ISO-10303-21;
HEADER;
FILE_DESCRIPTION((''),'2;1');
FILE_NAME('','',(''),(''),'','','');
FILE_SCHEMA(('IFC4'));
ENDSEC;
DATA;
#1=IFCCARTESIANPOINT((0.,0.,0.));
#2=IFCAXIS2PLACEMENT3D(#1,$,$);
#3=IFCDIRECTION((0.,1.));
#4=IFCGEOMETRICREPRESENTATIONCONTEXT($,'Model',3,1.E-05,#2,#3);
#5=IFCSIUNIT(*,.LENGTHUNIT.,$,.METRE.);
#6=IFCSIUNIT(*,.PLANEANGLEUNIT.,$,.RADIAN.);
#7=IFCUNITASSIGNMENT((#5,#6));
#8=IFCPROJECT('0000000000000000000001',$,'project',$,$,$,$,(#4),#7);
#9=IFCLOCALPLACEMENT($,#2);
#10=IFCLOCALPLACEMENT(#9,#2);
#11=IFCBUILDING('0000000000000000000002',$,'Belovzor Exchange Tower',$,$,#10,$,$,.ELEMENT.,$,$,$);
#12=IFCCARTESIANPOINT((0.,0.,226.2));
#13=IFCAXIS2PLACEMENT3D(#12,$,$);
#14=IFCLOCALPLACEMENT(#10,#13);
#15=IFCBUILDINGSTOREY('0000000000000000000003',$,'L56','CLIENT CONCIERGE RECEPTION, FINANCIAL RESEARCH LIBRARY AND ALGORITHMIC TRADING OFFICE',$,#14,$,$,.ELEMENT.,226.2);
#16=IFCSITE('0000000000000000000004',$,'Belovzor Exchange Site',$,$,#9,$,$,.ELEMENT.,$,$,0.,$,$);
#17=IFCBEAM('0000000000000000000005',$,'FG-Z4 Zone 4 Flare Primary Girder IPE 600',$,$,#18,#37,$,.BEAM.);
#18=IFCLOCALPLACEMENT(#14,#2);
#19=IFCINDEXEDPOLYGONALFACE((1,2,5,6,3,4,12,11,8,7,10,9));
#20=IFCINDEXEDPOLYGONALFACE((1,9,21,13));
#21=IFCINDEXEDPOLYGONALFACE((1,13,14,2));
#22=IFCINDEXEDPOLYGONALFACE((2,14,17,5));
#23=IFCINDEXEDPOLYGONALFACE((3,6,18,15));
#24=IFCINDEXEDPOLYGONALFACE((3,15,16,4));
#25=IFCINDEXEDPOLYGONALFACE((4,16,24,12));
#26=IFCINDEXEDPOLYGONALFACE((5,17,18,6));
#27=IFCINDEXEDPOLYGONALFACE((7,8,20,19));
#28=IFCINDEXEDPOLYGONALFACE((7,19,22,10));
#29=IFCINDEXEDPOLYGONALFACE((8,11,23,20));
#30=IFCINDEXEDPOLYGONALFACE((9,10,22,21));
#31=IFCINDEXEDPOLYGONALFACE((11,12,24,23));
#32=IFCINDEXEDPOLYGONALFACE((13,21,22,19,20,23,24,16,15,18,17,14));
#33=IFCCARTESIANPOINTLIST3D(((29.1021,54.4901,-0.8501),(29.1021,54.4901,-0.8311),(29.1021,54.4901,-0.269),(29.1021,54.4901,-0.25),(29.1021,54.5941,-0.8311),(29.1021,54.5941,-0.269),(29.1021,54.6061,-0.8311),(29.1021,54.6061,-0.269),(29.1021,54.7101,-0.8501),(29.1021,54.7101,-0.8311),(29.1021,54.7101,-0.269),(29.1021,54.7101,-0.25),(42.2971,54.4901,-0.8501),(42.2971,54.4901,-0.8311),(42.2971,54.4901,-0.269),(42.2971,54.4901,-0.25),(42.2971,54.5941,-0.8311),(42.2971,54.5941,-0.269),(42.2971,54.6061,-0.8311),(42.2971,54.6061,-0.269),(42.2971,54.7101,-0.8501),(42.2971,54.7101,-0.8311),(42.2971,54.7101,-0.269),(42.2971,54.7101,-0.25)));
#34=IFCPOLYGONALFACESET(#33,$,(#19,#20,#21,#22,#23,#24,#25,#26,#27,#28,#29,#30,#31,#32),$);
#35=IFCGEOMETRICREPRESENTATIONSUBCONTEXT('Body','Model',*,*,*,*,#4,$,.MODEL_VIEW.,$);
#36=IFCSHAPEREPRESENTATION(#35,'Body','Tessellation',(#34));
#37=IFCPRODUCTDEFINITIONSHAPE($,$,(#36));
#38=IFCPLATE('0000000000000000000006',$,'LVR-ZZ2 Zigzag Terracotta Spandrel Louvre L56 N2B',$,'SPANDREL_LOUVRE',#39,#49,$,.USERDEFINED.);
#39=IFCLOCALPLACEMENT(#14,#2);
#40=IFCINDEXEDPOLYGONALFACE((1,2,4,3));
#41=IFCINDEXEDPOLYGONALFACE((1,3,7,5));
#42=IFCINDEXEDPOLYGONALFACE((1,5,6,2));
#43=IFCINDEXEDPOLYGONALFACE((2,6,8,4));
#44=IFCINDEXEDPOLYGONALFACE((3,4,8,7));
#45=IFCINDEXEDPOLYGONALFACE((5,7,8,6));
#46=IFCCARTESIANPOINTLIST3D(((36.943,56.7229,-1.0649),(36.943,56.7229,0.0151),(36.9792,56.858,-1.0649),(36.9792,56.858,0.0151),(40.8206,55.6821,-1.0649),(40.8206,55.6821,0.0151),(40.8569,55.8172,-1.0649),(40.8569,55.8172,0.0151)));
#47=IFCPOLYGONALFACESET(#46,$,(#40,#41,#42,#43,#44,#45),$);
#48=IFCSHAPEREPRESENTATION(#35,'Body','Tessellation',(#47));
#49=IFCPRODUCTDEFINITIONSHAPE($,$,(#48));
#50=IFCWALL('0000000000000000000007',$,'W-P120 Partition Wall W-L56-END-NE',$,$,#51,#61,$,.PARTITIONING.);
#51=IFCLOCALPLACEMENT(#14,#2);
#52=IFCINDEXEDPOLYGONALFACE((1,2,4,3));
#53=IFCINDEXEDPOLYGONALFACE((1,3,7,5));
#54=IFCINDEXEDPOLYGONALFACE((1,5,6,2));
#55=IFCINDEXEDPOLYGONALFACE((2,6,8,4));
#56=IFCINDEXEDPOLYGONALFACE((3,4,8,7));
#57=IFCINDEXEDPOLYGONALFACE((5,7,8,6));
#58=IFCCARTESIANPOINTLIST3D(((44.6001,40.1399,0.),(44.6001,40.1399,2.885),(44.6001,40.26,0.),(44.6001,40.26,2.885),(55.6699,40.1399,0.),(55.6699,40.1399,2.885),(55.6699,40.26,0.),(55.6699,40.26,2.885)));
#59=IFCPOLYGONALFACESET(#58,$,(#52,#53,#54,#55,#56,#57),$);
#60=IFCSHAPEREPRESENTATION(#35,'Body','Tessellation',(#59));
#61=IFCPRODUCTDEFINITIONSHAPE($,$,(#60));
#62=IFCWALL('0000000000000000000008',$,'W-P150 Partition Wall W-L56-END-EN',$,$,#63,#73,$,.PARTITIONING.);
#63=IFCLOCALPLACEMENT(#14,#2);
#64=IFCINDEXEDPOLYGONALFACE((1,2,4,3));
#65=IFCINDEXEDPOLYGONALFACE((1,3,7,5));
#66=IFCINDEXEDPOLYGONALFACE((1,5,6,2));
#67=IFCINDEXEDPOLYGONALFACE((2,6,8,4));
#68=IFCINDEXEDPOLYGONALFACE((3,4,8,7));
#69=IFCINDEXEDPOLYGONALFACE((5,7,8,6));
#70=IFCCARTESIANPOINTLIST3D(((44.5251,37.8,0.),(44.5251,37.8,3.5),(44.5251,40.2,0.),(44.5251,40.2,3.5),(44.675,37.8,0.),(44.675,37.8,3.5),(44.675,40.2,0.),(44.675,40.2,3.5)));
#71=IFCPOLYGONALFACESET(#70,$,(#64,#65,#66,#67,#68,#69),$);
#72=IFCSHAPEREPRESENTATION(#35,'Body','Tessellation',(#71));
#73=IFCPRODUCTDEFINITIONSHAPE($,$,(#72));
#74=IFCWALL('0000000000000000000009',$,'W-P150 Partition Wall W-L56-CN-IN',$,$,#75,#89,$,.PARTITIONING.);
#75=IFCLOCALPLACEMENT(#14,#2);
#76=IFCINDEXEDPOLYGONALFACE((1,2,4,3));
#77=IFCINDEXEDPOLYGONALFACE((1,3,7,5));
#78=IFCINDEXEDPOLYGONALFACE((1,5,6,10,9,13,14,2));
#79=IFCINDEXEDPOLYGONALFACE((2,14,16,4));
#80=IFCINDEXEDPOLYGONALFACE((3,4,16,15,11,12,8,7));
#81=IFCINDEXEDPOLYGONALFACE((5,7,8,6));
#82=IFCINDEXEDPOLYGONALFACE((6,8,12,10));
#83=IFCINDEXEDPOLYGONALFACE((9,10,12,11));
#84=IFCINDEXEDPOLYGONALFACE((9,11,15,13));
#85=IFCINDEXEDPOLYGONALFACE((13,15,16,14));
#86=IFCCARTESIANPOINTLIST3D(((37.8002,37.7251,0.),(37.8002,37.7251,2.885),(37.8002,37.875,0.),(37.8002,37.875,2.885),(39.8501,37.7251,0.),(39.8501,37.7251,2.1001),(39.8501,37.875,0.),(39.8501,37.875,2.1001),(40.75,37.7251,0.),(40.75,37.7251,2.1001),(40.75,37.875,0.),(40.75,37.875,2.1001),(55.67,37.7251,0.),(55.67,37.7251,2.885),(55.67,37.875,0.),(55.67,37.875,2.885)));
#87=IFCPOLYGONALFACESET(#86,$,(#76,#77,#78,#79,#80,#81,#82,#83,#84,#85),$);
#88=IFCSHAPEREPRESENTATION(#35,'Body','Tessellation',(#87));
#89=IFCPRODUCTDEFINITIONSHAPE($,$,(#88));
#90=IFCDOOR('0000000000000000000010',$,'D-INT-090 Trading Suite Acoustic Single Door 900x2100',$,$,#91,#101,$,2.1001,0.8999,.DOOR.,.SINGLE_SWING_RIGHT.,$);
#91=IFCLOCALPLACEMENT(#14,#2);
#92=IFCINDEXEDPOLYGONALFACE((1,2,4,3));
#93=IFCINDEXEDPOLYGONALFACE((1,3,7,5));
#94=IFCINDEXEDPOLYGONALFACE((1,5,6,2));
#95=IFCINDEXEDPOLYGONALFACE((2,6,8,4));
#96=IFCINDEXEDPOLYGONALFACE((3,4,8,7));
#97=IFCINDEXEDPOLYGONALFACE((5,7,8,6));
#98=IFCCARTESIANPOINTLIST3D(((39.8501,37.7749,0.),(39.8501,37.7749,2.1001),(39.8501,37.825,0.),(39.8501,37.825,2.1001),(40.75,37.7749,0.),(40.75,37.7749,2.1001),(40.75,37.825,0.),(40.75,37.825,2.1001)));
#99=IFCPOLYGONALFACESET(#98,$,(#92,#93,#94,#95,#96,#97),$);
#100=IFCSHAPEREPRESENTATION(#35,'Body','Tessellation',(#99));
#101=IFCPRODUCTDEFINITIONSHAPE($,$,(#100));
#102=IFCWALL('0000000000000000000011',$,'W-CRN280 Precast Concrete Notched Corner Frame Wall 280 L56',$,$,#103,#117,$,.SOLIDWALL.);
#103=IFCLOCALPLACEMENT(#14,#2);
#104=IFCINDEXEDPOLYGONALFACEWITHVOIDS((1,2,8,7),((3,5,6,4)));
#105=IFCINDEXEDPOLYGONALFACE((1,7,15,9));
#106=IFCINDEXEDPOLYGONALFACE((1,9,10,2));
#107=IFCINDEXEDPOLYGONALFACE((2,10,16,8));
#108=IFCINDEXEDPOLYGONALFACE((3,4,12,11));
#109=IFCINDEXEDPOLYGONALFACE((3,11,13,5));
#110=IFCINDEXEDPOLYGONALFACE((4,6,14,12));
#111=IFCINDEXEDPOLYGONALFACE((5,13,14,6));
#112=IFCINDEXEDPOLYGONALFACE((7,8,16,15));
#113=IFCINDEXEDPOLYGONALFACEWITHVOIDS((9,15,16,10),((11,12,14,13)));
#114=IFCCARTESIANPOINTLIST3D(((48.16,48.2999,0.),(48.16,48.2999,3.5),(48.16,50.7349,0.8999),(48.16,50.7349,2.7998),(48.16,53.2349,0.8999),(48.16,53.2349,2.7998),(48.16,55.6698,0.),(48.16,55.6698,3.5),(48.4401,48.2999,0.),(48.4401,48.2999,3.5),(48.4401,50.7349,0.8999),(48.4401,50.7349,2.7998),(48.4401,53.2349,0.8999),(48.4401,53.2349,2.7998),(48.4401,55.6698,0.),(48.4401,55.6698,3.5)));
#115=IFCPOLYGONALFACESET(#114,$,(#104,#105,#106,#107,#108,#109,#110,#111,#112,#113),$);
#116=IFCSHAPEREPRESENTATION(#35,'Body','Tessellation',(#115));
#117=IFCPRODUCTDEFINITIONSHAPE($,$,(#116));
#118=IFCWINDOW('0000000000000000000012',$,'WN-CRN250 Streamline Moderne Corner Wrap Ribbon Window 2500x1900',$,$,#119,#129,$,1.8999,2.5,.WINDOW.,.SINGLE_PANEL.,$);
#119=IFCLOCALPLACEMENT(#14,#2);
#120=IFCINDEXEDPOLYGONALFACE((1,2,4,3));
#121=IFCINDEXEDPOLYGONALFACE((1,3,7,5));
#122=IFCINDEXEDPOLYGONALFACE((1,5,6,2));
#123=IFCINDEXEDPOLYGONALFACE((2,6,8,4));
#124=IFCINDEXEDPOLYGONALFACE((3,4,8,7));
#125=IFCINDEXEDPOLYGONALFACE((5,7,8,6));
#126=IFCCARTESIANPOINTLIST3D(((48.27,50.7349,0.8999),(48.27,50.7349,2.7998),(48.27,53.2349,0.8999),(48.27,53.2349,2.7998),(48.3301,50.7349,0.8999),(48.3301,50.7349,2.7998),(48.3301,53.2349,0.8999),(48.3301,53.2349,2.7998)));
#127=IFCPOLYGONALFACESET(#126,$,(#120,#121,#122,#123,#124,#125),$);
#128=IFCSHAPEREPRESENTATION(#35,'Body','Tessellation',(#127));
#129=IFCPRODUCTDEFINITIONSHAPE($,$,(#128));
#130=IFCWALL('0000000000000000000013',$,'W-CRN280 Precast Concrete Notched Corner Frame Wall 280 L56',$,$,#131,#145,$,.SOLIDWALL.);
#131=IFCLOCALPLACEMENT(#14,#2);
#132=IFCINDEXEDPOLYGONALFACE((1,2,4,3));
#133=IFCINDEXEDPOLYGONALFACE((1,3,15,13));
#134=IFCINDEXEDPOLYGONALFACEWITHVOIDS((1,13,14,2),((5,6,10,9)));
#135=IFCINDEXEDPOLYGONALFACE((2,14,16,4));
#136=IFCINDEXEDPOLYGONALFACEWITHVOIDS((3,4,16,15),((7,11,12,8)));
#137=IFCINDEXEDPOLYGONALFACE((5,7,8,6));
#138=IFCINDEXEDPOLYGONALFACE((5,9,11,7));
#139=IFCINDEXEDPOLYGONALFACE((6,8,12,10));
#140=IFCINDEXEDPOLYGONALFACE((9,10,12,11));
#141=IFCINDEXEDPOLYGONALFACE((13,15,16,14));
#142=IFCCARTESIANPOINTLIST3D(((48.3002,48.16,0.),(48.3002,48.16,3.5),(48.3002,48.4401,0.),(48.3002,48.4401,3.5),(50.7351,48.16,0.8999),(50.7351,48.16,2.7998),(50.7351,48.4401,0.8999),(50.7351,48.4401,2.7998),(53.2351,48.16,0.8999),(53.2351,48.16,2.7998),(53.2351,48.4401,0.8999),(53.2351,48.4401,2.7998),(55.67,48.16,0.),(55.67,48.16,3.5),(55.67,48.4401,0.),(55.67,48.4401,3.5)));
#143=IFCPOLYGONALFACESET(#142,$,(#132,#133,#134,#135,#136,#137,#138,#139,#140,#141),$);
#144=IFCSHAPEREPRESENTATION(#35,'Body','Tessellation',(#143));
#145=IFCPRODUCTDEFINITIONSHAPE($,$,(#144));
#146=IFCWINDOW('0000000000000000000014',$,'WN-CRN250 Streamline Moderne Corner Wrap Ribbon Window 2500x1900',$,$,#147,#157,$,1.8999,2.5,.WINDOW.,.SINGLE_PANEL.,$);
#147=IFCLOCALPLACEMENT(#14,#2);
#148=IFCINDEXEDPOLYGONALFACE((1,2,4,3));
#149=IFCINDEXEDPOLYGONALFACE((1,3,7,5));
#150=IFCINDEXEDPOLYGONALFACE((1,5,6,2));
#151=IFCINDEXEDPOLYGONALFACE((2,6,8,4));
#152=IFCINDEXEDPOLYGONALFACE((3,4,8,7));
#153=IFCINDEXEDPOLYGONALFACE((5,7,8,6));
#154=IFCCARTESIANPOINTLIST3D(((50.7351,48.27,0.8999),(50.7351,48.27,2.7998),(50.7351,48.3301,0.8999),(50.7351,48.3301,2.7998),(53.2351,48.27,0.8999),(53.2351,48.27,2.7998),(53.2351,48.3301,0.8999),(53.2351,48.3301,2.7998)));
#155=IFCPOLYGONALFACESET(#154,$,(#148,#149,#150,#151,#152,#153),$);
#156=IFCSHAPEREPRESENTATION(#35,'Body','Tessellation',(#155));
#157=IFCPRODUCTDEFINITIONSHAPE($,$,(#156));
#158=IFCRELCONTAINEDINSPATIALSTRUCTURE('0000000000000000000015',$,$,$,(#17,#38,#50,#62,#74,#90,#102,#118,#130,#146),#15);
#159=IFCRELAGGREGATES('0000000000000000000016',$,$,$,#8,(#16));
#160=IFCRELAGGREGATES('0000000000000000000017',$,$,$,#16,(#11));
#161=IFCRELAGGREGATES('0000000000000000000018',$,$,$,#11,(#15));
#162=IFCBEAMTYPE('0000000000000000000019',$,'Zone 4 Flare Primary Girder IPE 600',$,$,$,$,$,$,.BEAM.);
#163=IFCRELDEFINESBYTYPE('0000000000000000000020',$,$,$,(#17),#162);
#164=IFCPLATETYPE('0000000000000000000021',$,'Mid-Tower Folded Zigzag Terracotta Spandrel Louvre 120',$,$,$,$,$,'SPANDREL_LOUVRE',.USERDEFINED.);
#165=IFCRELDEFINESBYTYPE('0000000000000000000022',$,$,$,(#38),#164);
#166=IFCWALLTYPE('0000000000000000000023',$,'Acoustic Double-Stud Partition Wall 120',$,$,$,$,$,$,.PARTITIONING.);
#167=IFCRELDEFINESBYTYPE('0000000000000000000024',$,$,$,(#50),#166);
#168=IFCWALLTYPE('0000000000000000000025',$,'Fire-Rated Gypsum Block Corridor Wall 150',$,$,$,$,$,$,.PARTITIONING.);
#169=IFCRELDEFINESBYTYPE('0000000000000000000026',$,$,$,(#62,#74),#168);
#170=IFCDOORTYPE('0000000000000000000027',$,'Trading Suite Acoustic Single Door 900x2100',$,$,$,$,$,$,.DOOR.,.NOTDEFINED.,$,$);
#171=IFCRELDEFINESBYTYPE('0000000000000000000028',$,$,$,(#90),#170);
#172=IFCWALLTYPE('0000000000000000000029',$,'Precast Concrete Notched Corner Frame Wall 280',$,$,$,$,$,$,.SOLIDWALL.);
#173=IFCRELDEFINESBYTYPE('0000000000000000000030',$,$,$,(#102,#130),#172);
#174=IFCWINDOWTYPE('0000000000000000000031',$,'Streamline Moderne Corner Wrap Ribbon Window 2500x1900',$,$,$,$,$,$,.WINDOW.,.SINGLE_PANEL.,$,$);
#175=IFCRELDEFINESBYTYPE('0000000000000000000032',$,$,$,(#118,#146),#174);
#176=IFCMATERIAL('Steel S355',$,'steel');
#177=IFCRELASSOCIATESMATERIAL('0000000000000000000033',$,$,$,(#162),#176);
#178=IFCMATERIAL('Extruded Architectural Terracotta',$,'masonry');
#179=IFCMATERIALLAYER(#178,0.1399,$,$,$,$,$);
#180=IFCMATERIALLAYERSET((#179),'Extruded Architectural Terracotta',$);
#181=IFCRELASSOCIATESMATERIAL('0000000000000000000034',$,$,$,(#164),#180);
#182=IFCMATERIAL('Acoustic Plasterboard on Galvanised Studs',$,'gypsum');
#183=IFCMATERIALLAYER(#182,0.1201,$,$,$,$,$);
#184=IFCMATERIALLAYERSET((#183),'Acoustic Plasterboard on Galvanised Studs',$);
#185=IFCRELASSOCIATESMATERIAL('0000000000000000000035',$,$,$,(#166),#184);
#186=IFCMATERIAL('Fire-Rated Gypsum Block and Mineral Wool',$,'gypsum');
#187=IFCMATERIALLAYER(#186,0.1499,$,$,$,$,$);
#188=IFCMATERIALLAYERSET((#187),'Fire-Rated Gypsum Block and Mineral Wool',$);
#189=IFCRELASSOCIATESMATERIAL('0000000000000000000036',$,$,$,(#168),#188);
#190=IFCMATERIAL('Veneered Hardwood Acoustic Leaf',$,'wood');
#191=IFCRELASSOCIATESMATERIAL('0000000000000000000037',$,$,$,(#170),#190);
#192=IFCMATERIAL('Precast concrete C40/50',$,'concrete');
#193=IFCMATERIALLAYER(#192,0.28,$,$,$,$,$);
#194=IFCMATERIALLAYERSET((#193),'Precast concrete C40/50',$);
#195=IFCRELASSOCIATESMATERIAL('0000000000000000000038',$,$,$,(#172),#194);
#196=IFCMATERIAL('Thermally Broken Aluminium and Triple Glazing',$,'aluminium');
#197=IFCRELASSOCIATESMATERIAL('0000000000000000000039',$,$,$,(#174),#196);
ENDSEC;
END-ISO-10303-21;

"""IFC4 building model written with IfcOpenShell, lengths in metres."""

from ifc_helpers import new_model, si_unit, direction, frame, frame_2d, origin, origin_2d, place, context, subcontext, project, spatial, rectangle, i_section, extrude, material, layer, layer_set, material_profile, profile_set, type_object, element, fill, save


model = new_model("IFC4")

# Units and contexts
model_context = context("Model", 3, precision=1e-05, world=origin(), true_north=direction((0.0, 1.0)))
body_context = subcontext(model_context, "Body", "Model", "MODEL_VIEW")
ifc_project = project(units=[si_unit("LENGTHUNIT", "METRE"), si_unit("PLANEANGLEUNIT", "RADIAN")], contexts=[model_context])

# Site, building, storey
site_placement = place(None, origin())
site = spatial("IfcSite", under=ifc_project, at=site_placement, Name="Belovzor Exchange Site", CompositionType="ELEMENT", RefElevation=0.0)
building_placement = place(site_placement, origin())
building = spatial("IfcBuilding", under=site, at=building_placement, Name="Belovzor Exchange Tower", CompositionType="ELEMENT")
storey_placement = place(building_placement, frame((0.0, 0.0, 226.2)))
storey = spatial("IfcBuildingStorey", under=building, at=storey_placement, Name="L56", Description="CLIENT CONCIERGE RECEPTION, FINANCIAL RESEARCH LIBRARY AND ALGORITHMIC TRADING OFFICE", CompositionType="ELEMENT", Elevation=226.2)

# Beam
ifc_material_1 = material(Name="Steel S355", Category="steel")
ifc_material_profile_1 = material_profile(ifc_material_1, i_section(OverallWidth=0.22, OverallDepth=0.6001, WebThickness=0.012, FlangeThickness=0.019, at=origin_2d()))
ifc_profile_set_1 = profile_set([ifc_material_profile_1], Name="Steel S355")
beam_type_1 = type_object("IfcBeamType", Name="Zone 4 Flare Primary Girder IPE 600", PredefinedType="BEAM", material=ifc_profile_set_1)
beam_1_placement = place(storey_placement, frame((42.2971, 54.6001, -0.55), z_axis=(-1.0, 0.0, 0.0), x_axis=(0.0, -1.0, 0.0)))
element("IfcBeam", 1, at=beam_1_placement, inside=storey, type_object=beam_type_1, Name="FG-Z4 Zone 4 Flare Primary Girder IPE 600", PredefinedType="BEAM", context=body_context, shape_type="SweptSolid", body=[
    extrude(i_section(OverallWidth=0.22, OverallDepth=0.6001, WebThickness=0.012, FlangeThickness=0.019, at=origin_2d()), origin(), (0.0, 0.0, 1.0), 13.1951),
])

# Plate
ifc_material_2 = material(Name="Extruded Architectural Terracotta", Category="masonry")
ifc_layer_1 = layer(ifc_material_2, 0.1399)
ifc_layer_set_1 = layer_set([ifc_layer_1], Name="Extruded Architectural Terracotta")
plate_type = type_object("IfcPlateType", Name="Mid-Tower Folded Zigzag Terracotta Spandrel Louvre 120", ElementType="SPANDREL_LOUVRE", PredefinedType="USERDEFINED", material=ifc_layer_set_1)
plate_placement = place(storey_placement, frame((38.8999, 56.27, -1.0649), z_axis=(0.0, 0.0, 1.0), x_axis=(0.965813, -0.25924, 0.0)))
element("IfcPlate", 2, at=plate_placement, inside=storey, type_object=plate_type, Name="LVR-ZZ2 Zigzag Terracotta Spandrel Louvre L56 N2B", ObjectType="SPANDREL_LOUVRE", PredefinedType="USERDEFINED", context=body_context, shape_type="SweptSolid", body=[
    extrude(rectangle(XDim=4.0149, YDim=0.1399, at=origin_2d()), origin(), (0.0, 0.0, 1.0), 1.0801),
])

# Walls
ifc_material_3 = material(Name="Acoustic Plasterboard on Galvanised Studs", Category="gypsum")
ifc_layer_2 = layer(ifc_material_3, 0.1201)
ifc_layer_set_2 = layer_set([ifc_layer_2], Name="Acoustic Plasterboard on Galvanised Studs")
wall_type_1 = type_object("IfcWallType", Name="Acoustic Double-Stud Partition Wall 120", PredefinedType="PARTITIONING", material=ifc_layer_set_2)
wall_1_placement = place(storey_placement, frame((44.6001, 40.2, 0.0), z_axis=(0.0, 0.0, 1.0), x_axis=(1.0, 0.0, 0.0)))
element("IfcWall", 3, at=wall_1_placement, inside=storey, type_object=wall_type_1, Name="W-P120 Partition Wall W-L56-END-NE", PredefinedType="PARTITIONING", context=body_context, shape_type="SweptSolid", body=[
    extrude(rectangle(XDim=11.0698, YDim=0.1201, at=frame_2d((5.5349, 0.0))), origin(), (0.0, 0.0, 1.0), 2.885),
])
ifc_material_4 = material(Name="Fire-Rated Gypsum Block and Mineral Wool", Category="gypsum")
ifc_layer_3 = layer(ifc_material_4, 0.1499)
ifc_layer_set_3 = layer_set([ifc_layer_3], Name="Fire-Rated Gypsum Block and Mineral Wool")
wall_type_2 = type_object("IfcWallType", Name="Fire-Rated Gypsum Block Corridor Wall 150", PredefinedType="PARTITIONING", material=ifc_layer_set_3)
wall_2_placement = place(storey_placement, frame((44.6001, 37.8, 0.0), z_axis=(0.0, 0.0, 1.0), x_axis=(0.0, 1.0, 0.0)))
element("IfcWall", 4, at=wall_2_placement, inside=storey, type_object=wall_type_2, Name="W-P150 Partition Wall W-L56-END-EN", PredefinedType="PARTITIONING", context=body_context, shape_type="SweptSolid", body=[
    extrude(rectangle(XDim=2.3999, YDim=0.1499, at=frame_2d((1.2, 0.0))), origin(), (0.0, 0.0, 1.0), 3.5),
])

# Wall, opening, door
wall_3_placement = place(storey_placement, frame((37.8, 37.8, 0.0), z_axis=(0.0, 0.0, 1.0), x_axis=(1.0, 0.0, 0.0)))
wall_3 = element("IfcWall", 5, at=wall_3_placement, inside=storey, type_object=wall_type_2, Name="W-P150 Partition Wall W-L56-CN-IN", PredefinedType="PARTITIONING", context=body_context, shape_type="SweptSolid", body=[
    extrude(rectangle(XDim=17.8699, YDim=0.1499, at=frame_2d((8.9351, 0.0))), origin(), (0.0, 0.0, 1.0), 2.885),
])
opening_1_placement = place(wall_3_placement, frame((2.05, 0.0, 0.0)))
opening_1 = element("IfcOpeningElement", 6, at=opening_1_placement, cuts=wall_3, PredefinedType="OPENING", context=body_context, shape_type="SweptSolid", body=[
    extrude(rectangle(XDim=0.8999, YDim=2.1001, at=frame_2d((0.45, 1.05))), frame((0.0, 0.085, 0.0), z_axis=(0.0, -1.0, 0.0), x_axis=(1.0, 0.0, 0.0)), (0.0, 0.0, 1.0), 0.1699),
])
ifc_material_5 = material(Name="Veneered Hardwood Acoustic Leaf", Category="wood")
door_type_1 = type_object("IfcDoorType", Name="Trading Suite Acoustic Single Door 900x2100", OperationType="NOTDEFINED", PredefinedType="DOOR", material=ifc_material_5)
door_1_placement = place(opening_1_placement, origin())
door_1 = element("IfcDoor", 7, at=door_1_placement, inside=storey, type_object=door_type_1, Name="D-INT-090 Trading Suite Acoustic Single Door 900x2100", OperationType="SINGLE_SWING_RIGHT", OverallHeight=2.1001, OverallWidth=0.8999, PredefinedType="DOOR", context=body_context, shape_type="SweptSolid", body=[
    extrude(rectangle(XDim=0.8999, YDim=2.1001, at=frame_2d((0.45, 1.05))), frame((0.0, 0.0249, 0.0), z_axis=(0.0, -1.0, 0.0), x_axis=(1.0, 0.0, 0.0)), (0.0, 0.0, 1.0), 0.05),
])
fill(opening_1, door_1)

# Walls, openings, windows
ifc_material_6 = material(Name="Precast concrete C40/50", Category="concrete")
ifc_layer_4 = layer(ifc_material_6, 0.28)
ifc_layer_set_4 = layer_set([ifc_layer_4], Name="Precast concrete C40/50")
wall_type_3 = type_object("IfcWallType", Name="Precast Concrete Notched Corner Frame Wall 280", PredefinedType="SOLIDWALL", material=ifc_layer_set_4)
wall_4_placement = place(storey_placement, frame((48.3, 55.6699, 0.0), z_axis=(0.0, 0.0, 1.0), x_axis=(0.0, -1.0, 0.0)))
wall_4 = element("IfcWall", 8, at=wall_4_placement, inside=storey, type_object=wall_type_3, Name="W-CRN280 Precast Concrete Notched Corner Frame Wall 280 L56", PredefinedType="SOLIDWALL", context=body_context, shape_type="SweptSolid", body=[
    extrude(rectangle(XDim=7.3699, YDim=0.28, at=frame_2d((3.6851, 0.0))), origin(), (0.0, 0.0, 1.0), 3.5),
])
opening_2_placement = place(wall_4_placement, frame((2.4351, 0.0, 0.8999)))
opening_2 = element("IfcOpeningElement", 9, at=opening_2_placement, cuts=wall_4, PredefinedType="OPENING", context=body_context, shape_type="SweptSolid", body=[
    extrude(rectangle(XDim=2.5, YDim=1.8999, at=frame_2d((1.25, 0.95))), frame((0.0, 0.1499, 0.0), z_axis=(0.0, -1.0, 0.0), x_axis=(1.0, 0.0, 0.0)), (0.0, 0.0, 1.0), 0.3),
])
ifc_material_7 = material(Name="Thermally Broken Aluminium and Triple Glazing", Category="aluminium")
window_type = type_object("IfcWindowType", Name="Streamline Moderne Corner Wrap Ribbon Window 2500x1900", PartitioningType="SINGLE_PANEL", PredefinedType="WINDOW", material=ifc_material_7)
window_1_placement = place(opening_2_placement, origin())
window_1 = element("IfcWindow", 10, at=window_1_placement, inside=storey, type_object=window_type, Name="WN-CRN250 Streamline Moderne Corner Wrap Ribbon Window 2500x1900", OverallHeight=1.8999, OverallWidth=2.5, PartitioningType="SINGLE_PANEL", PredefinedType="WINDOW", context=body_context, shape_type="SweptSolid", body=[
    extrude(rectangle(XDim=2.5, YDim=1.8999, at=frame_2d((1.25, 0.95))), frame((0.0, 0.03, 0.0), z_axis=(0.0, -1.0, 0.0), x_axis=(1.0, 0.0, 0.0)), (0.0, 0.0, 1.0), 0.0601),
])
fill(opening_2, window_1)
wall_5_placement = place(storey_placement, frame((48.3, 48.3, 0.0), z_axis=(0.0, 0.0, 1.0), x_axis=(1.0, 0.0, 0.0)))
wall_5 = element("IfcWall", 11, at=wall_5_placement, inside=storey, type_object=wall_type_3, Name="W-CRN280 Precast Concrete Notched Corner Frame Wall 280 L56", PredefinedType="SOLIDWALL", context=body_context, shape_type="SweptSolid", body=[
    extrude(rectangle(XDim=7.3699, YDim=0.28, at=frame_2d((3.6851, 0.0))), origin(), (0.0, 0.0, 1.0), 3.5),
])
opening_3_placement = place(wall_5_placement, frame((2.4351, 0.0, 0.8999)))
opening_3 = element("IfcOpeningElement", 12, at=opening_3_placement, cuts=wall_5, PredefinedType="OPENING", context=body_context, shape_type="SweptSolid", body=[
    extrude(rectangle(XDim=2.5, YDim=1.8999, at=frame_2d((1.25, 0.95))), frame((0.0, 0.1499, 0.0), z_axis=(0.0, -1.0, 0.0), x_axis=(1.0, 0.0, 0.0)), (0.0, 0.0, 1.0), 0.3),
])
window_2_placement = place(opening_3_placement, origin())
window_2 = element("IfcWindow", 13, at=window_2_placement, inside=storey, type_object=window_type, Name="WN-CRN250 Streamline Moderne Corner Wrap Ribbon Window 2500x1900", OverallHeight=1.8999, OverallWidth=2.5, PartitioningType="SINGLE_PANEL", PredefinedType="WINDOW", context=body_context, shape_type="SweptSolid", body=[
    extrude(rectangle(XDim=2.5, YDim=1.8999, at=frame_2d((1.25, 0.95))), frame((0.0, 0.03, 0.0), z_axis=(0.0, -1.0, 0.0), x_axis=(1.0, 0.0, 0.0)), (0.0, 0.0, 1.0), 0.0601),
])
fill(opening_3, window_2)

save(model, "model.ifc")
